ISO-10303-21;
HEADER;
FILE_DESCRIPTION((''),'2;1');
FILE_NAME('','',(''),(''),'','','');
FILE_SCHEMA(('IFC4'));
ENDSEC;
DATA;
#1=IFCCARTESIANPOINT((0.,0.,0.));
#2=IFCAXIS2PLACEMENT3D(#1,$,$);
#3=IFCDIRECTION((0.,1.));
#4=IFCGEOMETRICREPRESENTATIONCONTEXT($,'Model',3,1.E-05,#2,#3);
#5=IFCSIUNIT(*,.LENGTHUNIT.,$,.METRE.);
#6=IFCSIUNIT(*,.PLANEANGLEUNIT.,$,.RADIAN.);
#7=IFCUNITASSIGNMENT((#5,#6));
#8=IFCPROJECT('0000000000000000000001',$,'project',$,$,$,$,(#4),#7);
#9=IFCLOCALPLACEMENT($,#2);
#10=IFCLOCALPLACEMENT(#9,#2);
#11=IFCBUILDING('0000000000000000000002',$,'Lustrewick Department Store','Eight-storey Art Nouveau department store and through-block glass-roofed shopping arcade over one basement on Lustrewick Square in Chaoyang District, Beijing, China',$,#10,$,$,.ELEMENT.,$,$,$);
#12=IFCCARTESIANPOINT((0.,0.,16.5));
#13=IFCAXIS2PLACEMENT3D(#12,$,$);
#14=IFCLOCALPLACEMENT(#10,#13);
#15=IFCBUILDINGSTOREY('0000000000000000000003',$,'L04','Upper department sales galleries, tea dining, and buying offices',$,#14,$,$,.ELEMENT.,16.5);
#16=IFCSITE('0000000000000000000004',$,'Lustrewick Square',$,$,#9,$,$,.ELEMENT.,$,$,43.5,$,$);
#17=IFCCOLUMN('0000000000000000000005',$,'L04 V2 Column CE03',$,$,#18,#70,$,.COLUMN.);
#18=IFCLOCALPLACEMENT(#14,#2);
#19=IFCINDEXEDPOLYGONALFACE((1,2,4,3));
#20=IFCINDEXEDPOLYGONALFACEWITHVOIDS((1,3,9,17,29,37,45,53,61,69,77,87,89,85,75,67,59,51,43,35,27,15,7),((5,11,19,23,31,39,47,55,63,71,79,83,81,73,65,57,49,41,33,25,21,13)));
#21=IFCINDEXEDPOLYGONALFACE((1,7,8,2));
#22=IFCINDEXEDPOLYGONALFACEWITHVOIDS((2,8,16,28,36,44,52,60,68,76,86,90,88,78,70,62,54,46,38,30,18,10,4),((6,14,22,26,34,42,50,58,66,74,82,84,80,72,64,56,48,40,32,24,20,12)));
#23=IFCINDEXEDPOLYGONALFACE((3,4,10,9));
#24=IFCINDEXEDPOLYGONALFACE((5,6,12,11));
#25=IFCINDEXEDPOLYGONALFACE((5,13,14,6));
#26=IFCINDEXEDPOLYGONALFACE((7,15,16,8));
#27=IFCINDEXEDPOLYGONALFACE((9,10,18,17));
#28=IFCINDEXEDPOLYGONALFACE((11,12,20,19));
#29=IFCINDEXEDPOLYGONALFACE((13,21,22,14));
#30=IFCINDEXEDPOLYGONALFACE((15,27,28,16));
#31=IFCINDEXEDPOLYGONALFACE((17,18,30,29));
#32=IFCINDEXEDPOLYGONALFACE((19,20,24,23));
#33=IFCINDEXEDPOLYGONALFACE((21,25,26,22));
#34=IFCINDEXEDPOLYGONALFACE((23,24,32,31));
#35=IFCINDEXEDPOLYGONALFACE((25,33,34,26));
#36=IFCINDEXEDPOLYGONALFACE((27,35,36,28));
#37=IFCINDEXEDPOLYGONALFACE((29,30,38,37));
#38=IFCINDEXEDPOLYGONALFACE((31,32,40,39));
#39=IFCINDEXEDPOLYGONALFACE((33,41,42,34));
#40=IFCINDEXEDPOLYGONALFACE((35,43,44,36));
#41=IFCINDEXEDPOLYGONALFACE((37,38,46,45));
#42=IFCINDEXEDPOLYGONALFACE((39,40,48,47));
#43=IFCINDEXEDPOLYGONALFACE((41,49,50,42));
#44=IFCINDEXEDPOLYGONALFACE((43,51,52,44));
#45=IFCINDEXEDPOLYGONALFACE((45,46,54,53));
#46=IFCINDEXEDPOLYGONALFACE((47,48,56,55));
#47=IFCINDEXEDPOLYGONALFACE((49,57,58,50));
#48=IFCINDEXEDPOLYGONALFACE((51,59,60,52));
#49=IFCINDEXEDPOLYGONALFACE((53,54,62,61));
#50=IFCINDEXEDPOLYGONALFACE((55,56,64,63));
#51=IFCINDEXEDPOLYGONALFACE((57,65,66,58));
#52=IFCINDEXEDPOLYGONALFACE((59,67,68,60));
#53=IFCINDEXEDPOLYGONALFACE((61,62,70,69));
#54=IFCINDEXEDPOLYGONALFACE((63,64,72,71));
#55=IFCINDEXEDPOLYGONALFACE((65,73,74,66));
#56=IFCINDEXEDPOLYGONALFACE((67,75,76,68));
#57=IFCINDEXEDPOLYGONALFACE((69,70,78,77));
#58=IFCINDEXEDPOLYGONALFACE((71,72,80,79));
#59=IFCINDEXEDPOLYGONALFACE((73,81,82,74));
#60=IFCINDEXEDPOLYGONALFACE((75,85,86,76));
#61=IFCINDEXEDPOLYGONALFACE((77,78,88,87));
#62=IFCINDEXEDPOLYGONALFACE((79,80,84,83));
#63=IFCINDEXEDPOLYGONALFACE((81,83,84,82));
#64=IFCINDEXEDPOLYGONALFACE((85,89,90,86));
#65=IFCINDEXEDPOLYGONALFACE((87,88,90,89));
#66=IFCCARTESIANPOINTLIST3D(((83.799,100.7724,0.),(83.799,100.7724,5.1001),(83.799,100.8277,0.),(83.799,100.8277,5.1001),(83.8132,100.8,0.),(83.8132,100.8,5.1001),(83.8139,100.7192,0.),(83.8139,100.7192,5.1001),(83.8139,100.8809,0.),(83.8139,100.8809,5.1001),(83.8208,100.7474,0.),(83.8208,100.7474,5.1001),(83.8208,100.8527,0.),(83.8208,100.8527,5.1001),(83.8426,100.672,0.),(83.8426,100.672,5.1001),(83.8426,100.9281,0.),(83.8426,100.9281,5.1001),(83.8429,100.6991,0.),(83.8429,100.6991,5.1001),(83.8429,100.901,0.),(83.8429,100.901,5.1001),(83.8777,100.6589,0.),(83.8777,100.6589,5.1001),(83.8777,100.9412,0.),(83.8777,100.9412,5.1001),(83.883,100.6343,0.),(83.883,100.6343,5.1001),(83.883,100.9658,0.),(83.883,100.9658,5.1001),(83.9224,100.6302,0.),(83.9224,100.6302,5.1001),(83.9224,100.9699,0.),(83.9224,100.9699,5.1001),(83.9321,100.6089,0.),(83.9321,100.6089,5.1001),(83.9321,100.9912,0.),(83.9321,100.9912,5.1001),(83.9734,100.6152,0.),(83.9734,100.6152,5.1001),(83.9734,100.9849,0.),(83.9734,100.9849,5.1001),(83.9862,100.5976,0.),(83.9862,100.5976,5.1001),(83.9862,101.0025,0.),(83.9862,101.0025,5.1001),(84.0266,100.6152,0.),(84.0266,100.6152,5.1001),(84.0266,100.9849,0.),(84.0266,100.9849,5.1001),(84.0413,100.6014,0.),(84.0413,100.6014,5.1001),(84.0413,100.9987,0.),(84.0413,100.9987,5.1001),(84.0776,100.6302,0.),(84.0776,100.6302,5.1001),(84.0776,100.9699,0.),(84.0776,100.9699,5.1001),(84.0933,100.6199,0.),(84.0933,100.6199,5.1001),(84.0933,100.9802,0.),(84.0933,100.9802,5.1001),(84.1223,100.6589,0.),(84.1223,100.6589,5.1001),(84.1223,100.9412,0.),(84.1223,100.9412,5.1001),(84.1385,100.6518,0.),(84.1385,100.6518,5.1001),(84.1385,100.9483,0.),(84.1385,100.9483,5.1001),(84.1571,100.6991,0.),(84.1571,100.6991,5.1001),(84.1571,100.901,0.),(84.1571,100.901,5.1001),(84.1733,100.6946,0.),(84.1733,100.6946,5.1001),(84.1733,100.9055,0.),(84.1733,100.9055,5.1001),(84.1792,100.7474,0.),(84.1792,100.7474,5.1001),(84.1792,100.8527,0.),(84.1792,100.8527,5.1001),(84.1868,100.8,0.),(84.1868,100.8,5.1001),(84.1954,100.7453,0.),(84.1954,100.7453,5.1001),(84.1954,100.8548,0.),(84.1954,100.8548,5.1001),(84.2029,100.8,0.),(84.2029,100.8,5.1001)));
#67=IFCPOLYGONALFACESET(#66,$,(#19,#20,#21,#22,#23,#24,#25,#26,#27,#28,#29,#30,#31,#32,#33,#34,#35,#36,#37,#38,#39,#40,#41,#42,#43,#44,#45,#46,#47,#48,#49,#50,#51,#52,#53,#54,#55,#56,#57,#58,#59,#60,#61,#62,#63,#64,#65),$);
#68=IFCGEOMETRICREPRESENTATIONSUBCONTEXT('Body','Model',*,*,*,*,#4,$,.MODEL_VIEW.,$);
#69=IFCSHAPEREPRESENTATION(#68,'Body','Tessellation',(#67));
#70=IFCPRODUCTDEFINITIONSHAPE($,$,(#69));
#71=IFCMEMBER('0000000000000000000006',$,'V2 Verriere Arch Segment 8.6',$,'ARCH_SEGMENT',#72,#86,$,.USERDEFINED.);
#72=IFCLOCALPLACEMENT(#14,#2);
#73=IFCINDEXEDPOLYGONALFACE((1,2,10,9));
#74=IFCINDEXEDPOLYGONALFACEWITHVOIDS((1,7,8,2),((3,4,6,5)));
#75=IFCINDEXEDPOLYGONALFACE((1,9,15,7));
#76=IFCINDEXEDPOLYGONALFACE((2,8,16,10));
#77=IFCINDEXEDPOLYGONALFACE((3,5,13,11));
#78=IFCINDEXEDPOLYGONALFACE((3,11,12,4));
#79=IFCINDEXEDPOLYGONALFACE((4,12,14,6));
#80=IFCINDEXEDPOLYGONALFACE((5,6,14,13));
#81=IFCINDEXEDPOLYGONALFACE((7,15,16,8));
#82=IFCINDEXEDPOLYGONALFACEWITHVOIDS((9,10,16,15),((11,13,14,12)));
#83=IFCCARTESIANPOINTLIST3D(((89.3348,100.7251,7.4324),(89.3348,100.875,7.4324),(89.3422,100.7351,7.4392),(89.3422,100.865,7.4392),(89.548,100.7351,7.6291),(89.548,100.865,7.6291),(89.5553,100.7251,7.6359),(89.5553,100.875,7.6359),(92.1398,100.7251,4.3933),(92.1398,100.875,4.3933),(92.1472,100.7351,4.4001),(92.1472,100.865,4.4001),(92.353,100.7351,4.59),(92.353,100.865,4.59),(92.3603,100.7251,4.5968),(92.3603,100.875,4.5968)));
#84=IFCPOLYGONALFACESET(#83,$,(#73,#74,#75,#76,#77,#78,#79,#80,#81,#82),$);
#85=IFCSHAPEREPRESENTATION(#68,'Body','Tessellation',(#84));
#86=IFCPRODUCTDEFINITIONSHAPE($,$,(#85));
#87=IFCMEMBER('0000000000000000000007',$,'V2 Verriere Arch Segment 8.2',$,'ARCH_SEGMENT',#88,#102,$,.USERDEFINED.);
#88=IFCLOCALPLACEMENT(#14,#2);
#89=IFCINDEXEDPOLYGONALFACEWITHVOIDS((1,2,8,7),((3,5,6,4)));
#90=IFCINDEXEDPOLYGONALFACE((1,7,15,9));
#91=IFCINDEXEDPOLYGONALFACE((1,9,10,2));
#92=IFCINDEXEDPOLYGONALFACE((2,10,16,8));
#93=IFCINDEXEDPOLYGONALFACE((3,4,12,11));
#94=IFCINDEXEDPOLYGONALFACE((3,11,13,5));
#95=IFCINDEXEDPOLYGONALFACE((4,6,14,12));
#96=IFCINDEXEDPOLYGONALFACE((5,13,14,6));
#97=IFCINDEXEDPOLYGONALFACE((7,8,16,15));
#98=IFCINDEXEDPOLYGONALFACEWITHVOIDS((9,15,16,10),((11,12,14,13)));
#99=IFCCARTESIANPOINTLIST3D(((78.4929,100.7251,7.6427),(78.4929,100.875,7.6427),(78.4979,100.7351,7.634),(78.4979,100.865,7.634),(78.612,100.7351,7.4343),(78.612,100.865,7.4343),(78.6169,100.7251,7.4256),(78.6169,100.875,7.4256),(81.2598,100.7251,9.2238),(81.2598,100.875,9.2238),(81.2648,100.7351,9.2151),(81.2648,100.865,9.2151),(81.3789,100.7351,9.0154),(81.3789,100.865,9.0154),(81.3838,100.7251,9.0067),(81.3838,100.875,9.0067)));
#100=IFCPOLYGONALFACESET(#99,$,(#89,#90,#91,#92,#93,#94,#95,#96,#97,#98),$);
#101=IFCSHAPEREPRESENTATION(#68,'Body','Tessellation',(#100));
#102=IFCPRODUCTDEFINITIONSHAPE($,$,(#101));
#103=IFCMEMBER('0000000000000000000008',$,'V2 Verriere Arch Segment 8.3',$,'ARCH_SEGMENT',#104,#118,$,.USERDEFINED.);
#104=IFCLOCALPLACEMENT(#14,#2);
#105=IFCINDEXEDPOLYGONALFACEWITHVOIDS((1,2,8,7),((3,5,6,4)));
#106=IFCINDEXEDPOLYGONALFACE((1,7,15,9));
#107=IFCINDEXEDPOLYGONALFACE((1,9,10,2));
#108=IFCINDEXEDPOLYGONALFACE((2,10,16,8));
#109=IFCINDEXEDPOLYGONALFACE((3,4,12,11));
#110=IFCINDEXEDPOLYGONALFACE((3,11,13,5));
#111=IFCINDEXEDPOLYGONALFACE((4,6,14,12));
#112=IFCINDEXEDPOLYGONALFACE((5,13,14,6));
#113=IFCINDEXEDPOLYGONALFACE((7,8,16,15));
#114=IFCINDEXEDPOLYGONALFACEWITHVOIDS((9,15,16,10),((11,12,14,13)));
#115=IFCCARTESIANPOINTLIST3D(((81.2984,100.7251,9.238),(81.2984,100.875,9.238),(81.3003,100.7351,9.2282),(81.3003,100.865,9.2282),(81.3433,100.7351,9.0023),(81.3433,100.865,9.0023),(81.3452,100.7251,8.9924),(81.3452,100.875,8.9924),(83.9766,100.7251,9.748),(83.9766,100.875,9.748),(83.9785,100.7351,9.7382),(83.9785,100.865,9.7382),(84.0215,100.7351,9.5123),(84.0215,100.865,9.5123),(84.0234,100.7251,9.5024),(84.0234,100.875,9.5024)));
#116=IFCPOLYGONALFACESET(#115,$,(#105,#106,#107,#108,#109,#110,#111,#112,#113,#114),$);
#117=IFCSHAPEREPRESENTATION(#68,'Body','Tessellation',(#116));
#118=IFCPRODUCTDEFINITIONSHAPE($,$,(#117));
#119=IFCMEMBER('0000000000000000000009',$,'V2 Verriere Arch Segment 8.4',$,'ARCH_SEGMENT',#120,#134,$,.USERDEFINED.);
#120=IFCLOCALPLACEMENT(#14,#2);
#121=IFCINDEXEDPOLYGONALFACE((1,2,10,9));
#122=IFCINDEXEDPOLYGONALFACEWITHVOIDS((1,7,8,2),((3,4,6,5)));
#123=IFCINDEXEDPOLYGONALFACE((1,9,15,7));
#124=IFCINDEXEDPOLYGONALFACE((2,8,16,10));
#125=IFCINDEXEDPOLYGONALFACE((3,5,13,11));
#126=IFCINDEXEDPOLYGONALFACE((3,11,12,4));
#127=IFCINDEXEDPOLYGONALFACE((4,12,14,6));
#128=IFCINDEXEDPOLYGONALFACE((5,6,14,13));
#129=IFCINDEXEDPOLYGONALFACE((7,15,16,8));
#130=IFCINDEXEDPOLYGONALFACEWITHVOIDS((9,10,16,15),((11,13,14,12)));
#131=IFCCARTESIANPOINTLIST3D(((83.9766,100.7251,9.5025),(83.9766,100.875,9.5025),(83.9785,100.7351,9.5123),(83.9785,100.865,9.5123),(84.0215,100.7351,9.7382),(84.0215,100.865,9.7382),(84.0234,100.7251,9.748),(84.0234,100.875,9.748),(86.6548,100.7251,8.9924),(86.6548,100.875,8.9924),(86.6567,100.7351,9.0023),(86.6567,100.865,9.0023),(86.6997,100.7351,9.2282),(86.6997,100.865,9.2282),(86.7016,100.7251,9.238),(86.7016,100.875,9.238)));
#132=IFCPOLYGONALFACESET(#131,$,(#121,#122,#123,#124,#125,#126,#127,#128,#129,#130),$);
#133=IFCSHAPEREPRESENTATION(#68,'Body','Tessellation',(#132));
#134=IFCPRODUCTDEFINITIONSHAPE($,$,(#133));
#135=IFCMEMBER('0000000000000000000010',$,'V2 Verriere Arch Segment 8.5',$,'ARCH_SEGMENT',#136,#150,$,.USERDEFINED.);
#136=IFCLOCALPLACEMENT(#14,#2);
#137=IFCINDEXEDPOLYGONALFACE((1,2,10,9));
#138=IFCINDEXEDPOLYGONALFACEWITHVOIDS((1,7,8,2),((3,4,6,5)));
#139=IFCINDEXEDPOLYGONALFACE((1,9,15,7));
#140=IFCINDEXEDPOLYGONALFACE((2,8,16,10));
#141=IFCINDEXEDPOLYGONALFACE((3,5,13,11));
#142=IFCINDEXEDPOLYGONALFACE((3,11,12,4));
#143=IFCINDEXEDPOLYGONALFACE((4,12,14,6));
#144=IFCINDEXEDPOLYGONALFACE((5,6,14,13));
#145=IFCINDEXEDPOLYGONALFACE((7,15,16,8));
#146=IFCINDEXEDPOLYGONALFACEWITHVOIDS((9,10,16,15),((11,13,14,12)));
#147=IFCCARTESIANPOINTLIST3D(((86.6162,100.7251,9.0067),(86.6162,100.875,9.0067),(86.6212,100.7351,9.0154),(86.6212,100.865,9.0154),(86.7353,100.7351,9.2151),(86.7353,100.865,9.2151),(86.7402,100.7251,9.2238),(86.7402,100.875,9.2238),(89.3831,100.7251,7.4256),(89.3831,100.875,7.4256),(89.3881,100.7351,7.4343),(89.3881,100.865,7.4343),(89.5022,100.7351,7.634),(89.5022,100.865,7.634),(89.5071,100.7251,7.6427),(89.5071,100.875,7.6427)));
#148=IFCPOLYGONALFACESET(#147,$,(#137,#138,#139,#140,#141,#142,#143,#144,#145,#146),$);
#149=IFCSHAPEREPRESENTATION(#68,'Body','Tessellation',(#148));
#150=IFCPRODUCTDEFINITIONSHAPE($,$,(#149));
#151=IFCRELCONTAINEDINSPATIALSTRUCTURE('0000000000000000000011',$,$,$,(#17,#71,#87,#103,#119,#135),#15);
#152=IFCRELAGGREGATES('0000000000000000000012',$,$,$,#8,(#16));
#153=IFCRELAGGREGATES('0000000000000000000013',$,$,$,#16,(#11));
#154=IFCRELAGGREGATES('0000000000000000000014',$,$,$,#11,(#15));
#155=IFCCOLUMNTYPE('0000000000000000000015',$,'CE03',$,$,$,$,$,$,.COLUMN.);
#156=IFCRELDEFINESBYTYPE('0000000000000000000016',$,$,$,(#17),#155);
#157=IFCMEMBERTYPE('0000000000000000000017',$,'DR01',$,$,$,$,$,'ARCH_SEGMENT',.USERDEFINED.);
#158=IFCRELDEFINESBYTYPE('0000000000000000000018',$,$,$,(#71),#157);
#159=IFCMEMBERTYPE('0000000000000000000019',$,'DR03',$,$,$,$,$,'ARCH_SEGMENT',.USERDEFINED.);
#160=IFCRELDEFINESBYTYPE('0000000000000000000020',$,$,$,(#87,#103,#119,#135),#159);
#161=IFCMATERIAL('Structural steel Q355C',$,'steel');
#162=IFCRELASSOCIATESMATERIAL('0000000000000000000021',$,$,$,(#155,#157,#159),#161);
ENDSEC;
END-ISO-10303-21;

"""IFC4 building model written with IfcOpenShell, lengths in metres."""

from ifc_helpers import new_model, si_unit, direction, frame, origin, origin_2d, place, context, subcontext, project, spatial, hollow_rectangle, hollow_circle, extrude, material, material_profile, profile_set, type_object, element, save


model = new_model("IFC4")

# Units and contexts
model_context = context("Model", 3, precision=1e-05, world=origin(), true_north=direction((0.0, 1.0)))
body_context = subcontext(model_context, "Body", "Model", "MODEL_VIEW")
ifc_project = project(units=[si_unit("LENGTHUNIT", "METRE"), si_unit("PLANEANGLEUNIT", "RADIAN")], contexts=[model_context])

# Site, building, storey
site_placement = place(None, origin())
site = spatial("IfcSite", under=ifc_project, at=site_placement, Name="Lustrewick Square", CompositionType="ELEMENT", RefElevation=43.5)
building_placement = place(site_placement, origin())
building = spatial("IfcBuilding", under=site, at=building_placement, Name="Lustrewick Department Store", Description="Eight-storey Art Nouveau department store and through-block glass-roofed shopping arcade over one basement on Lustrewick Square in Chaoyang District, Beijing, China", CompositionType="ELEMENT")
storey_placement = place(building_placement, frame((0.0, 0.0, 16.5)))
storey = spatial("IfcBuildingStorey", under=building, at=storey_placement, Name="L04", Description="Upper department sales galleries, tea dining, and buying offices", CompositionType="ELEMENT", Elevation=16.5)

# Column
ifc_material_1 = material(Name="Structural steel Q355C", Category="steel")
ifc_material_profile_1 = material_profile(ifc_material_1, hollow_circle(Radius=0.2029, WallThickness=0.0161, at=origin_2d()), Name="CHS 406x16")
ifc_profile_set_1 = profile_set([ifc_material_profile_1], Name="Structural steel Q355C")
column_type = type_object("IfcColumnType", Name="CE03", PredefinedType="COLUMN", material=ifc_profile_set_1)
column_placement = place(storey_placement, frame((84.0, 100.8, 0.0), z_axis=(0.0, 0.0, 1.0), x_axis=(1.0, 0.0, 0.0)))
element("IfcColumn", 1, at=column_placement, inside=storey, type_object=column_type, Name="L04 V2 Column CE03", PredefinedType="COLUMN", context=body_context, shape_type="SweptSolid", body=[
    extrude(hollow_circle(Radius=0.2029, WallThickness=0.0161, at=origin_2d()), origin(), (0.0, 0.0, 1.0), 5.1001),
])

# Members
ifc_material_profile_2 = material_profile(ifc_material_1, hollow_rectangle(XDim=0.1499, YDim=0.3, WallThickness=0.01, at=origin_2d()), Name="RHS 300x150x10")
ifc_profile_set_2 = profile_set([ifc_material_profile_2], Name="Structural steel Q355C")
member_type_1 = type_object("IfcMemberType", Name="DR01", ElementType="ARCH_SEGMENT", PredefinedType="USERDEFINED", material=ifc_profile_set_2)
member_1_placement = place(storey_placement, frame((89.4451, 100.8, 7.5342), z_axis=(0.678234, 0.0, -0.734846), x_axis=(0.0, 1.0, 0.0)))
element("IfcMember", 2, at=member_1_placement, inside=storey, type_object=member_type_1, Name="V2 Verriere Arch Segment 8.6", ObjectType="ARCH_SEGMENT", PredefinedType="USERDEFINED", context=body_context, shape_type="SweptSolid", body=[
    extrude(hollow_rectangle(XDim=0.1499, YDim=0.3, WallThickness=0.01, at=origin_2d()), origin(), (0.0, 0.0, 1.0), 4.1357),
])
ifc_material_profile_3 = material_profile(ifc_material_1, hollow_rectangle(XDim=0.1499, YDim=0.25, WallThickness=0.01, at=origin_2d()), Name="RHS 250x150x10")
ifc_profile_set_3 = profile_set([ifc_material_profile_3], Name="Structural steel Q355C")
member_type_2 = type_object("IfcMemberType", Name="DR03", ElementType="ARCH_SEGMENT", PredefinedType="USERDEFINED", material=ifc_profile_set_3)
member_2_placement = place(storey_placement, frame((78.5549, 100.8, 7.5342), z_axis=(0.868243, 0.0, 0.496139), x_axis=(0.0, 1.0, 0.0)))
element("IfcMember", 3, at=member_2_placement, inside=storey, type_object=member_type_2, Name="V2 Verriere Arch Segment 8.2", ObjectType="ARCH_SEGMENT", PredefinedType="USERDEFINED", context=body_context, shape_type="SweptSolid", body=[
    extrude(hollow_rectangle(XDim=0.1499, YDim=0.25, WallThickness=0.01, at=origin_2d()), origin(), (0.0, 0.0, 1.0), 3.1868),
])
for number, where, z_axis, x_axis, name in (
    (4, (81.3218, 100.8, 9.1152), (0.982347, 0.0, 0.187067), (0.0, 1.0, 0.0), "V2 Verriere Arch Segment 8.3"),
    (5, (84.0, 100.8, 9.6252), (0.982347, 0.0, -0.187067), (0.0, 1.0, 0.0), "V2 Verriere Arch Segment 8.4"),
):
    element("IfcMember", number, at=place(storey_placement, frame(where, z_axis=z_axis, x_axis=x_axis)), inside=storey, type_object=member_type_2, Name=name, ObjectType="ARCH_SEGMENT", PredefinedType="USERDEFINED", context=body_context, shape_type="SweptSolid", body=[
        extrude(hollow_rectangle(XDim=0.1499, YDim=0.25, WallThickness=0.01, at=origin_2d()), origin(), (0.0, 0.0, 1.0), 2.7263),
    ])
member_3_placement = place(storey_placement, frame((86.6782, 100.8, 9.1152), z_axis=(0.868243, 0.0, -0.496139), x_axis=(0.0, 1.0, 0.0)))
element("IfcMember", 6, at=member_3_placement, inside=storey, type_object=member_type_2, Name="V2 Verriere Arch Segment 8.5", ObjectType="ARCH_SEGMENT", PredefinedType="USERDEFINED", context=body_context, shape_type="SweptSolid", body=[
    extrude(hollow_rectangle(XDim=0.1499, YDim=0.25, WallThickness=0.01, at=origin_2d()), origin(), (0.0, 0.0, 1.0), 3.1868),
])

save(model, "model.ifc")
